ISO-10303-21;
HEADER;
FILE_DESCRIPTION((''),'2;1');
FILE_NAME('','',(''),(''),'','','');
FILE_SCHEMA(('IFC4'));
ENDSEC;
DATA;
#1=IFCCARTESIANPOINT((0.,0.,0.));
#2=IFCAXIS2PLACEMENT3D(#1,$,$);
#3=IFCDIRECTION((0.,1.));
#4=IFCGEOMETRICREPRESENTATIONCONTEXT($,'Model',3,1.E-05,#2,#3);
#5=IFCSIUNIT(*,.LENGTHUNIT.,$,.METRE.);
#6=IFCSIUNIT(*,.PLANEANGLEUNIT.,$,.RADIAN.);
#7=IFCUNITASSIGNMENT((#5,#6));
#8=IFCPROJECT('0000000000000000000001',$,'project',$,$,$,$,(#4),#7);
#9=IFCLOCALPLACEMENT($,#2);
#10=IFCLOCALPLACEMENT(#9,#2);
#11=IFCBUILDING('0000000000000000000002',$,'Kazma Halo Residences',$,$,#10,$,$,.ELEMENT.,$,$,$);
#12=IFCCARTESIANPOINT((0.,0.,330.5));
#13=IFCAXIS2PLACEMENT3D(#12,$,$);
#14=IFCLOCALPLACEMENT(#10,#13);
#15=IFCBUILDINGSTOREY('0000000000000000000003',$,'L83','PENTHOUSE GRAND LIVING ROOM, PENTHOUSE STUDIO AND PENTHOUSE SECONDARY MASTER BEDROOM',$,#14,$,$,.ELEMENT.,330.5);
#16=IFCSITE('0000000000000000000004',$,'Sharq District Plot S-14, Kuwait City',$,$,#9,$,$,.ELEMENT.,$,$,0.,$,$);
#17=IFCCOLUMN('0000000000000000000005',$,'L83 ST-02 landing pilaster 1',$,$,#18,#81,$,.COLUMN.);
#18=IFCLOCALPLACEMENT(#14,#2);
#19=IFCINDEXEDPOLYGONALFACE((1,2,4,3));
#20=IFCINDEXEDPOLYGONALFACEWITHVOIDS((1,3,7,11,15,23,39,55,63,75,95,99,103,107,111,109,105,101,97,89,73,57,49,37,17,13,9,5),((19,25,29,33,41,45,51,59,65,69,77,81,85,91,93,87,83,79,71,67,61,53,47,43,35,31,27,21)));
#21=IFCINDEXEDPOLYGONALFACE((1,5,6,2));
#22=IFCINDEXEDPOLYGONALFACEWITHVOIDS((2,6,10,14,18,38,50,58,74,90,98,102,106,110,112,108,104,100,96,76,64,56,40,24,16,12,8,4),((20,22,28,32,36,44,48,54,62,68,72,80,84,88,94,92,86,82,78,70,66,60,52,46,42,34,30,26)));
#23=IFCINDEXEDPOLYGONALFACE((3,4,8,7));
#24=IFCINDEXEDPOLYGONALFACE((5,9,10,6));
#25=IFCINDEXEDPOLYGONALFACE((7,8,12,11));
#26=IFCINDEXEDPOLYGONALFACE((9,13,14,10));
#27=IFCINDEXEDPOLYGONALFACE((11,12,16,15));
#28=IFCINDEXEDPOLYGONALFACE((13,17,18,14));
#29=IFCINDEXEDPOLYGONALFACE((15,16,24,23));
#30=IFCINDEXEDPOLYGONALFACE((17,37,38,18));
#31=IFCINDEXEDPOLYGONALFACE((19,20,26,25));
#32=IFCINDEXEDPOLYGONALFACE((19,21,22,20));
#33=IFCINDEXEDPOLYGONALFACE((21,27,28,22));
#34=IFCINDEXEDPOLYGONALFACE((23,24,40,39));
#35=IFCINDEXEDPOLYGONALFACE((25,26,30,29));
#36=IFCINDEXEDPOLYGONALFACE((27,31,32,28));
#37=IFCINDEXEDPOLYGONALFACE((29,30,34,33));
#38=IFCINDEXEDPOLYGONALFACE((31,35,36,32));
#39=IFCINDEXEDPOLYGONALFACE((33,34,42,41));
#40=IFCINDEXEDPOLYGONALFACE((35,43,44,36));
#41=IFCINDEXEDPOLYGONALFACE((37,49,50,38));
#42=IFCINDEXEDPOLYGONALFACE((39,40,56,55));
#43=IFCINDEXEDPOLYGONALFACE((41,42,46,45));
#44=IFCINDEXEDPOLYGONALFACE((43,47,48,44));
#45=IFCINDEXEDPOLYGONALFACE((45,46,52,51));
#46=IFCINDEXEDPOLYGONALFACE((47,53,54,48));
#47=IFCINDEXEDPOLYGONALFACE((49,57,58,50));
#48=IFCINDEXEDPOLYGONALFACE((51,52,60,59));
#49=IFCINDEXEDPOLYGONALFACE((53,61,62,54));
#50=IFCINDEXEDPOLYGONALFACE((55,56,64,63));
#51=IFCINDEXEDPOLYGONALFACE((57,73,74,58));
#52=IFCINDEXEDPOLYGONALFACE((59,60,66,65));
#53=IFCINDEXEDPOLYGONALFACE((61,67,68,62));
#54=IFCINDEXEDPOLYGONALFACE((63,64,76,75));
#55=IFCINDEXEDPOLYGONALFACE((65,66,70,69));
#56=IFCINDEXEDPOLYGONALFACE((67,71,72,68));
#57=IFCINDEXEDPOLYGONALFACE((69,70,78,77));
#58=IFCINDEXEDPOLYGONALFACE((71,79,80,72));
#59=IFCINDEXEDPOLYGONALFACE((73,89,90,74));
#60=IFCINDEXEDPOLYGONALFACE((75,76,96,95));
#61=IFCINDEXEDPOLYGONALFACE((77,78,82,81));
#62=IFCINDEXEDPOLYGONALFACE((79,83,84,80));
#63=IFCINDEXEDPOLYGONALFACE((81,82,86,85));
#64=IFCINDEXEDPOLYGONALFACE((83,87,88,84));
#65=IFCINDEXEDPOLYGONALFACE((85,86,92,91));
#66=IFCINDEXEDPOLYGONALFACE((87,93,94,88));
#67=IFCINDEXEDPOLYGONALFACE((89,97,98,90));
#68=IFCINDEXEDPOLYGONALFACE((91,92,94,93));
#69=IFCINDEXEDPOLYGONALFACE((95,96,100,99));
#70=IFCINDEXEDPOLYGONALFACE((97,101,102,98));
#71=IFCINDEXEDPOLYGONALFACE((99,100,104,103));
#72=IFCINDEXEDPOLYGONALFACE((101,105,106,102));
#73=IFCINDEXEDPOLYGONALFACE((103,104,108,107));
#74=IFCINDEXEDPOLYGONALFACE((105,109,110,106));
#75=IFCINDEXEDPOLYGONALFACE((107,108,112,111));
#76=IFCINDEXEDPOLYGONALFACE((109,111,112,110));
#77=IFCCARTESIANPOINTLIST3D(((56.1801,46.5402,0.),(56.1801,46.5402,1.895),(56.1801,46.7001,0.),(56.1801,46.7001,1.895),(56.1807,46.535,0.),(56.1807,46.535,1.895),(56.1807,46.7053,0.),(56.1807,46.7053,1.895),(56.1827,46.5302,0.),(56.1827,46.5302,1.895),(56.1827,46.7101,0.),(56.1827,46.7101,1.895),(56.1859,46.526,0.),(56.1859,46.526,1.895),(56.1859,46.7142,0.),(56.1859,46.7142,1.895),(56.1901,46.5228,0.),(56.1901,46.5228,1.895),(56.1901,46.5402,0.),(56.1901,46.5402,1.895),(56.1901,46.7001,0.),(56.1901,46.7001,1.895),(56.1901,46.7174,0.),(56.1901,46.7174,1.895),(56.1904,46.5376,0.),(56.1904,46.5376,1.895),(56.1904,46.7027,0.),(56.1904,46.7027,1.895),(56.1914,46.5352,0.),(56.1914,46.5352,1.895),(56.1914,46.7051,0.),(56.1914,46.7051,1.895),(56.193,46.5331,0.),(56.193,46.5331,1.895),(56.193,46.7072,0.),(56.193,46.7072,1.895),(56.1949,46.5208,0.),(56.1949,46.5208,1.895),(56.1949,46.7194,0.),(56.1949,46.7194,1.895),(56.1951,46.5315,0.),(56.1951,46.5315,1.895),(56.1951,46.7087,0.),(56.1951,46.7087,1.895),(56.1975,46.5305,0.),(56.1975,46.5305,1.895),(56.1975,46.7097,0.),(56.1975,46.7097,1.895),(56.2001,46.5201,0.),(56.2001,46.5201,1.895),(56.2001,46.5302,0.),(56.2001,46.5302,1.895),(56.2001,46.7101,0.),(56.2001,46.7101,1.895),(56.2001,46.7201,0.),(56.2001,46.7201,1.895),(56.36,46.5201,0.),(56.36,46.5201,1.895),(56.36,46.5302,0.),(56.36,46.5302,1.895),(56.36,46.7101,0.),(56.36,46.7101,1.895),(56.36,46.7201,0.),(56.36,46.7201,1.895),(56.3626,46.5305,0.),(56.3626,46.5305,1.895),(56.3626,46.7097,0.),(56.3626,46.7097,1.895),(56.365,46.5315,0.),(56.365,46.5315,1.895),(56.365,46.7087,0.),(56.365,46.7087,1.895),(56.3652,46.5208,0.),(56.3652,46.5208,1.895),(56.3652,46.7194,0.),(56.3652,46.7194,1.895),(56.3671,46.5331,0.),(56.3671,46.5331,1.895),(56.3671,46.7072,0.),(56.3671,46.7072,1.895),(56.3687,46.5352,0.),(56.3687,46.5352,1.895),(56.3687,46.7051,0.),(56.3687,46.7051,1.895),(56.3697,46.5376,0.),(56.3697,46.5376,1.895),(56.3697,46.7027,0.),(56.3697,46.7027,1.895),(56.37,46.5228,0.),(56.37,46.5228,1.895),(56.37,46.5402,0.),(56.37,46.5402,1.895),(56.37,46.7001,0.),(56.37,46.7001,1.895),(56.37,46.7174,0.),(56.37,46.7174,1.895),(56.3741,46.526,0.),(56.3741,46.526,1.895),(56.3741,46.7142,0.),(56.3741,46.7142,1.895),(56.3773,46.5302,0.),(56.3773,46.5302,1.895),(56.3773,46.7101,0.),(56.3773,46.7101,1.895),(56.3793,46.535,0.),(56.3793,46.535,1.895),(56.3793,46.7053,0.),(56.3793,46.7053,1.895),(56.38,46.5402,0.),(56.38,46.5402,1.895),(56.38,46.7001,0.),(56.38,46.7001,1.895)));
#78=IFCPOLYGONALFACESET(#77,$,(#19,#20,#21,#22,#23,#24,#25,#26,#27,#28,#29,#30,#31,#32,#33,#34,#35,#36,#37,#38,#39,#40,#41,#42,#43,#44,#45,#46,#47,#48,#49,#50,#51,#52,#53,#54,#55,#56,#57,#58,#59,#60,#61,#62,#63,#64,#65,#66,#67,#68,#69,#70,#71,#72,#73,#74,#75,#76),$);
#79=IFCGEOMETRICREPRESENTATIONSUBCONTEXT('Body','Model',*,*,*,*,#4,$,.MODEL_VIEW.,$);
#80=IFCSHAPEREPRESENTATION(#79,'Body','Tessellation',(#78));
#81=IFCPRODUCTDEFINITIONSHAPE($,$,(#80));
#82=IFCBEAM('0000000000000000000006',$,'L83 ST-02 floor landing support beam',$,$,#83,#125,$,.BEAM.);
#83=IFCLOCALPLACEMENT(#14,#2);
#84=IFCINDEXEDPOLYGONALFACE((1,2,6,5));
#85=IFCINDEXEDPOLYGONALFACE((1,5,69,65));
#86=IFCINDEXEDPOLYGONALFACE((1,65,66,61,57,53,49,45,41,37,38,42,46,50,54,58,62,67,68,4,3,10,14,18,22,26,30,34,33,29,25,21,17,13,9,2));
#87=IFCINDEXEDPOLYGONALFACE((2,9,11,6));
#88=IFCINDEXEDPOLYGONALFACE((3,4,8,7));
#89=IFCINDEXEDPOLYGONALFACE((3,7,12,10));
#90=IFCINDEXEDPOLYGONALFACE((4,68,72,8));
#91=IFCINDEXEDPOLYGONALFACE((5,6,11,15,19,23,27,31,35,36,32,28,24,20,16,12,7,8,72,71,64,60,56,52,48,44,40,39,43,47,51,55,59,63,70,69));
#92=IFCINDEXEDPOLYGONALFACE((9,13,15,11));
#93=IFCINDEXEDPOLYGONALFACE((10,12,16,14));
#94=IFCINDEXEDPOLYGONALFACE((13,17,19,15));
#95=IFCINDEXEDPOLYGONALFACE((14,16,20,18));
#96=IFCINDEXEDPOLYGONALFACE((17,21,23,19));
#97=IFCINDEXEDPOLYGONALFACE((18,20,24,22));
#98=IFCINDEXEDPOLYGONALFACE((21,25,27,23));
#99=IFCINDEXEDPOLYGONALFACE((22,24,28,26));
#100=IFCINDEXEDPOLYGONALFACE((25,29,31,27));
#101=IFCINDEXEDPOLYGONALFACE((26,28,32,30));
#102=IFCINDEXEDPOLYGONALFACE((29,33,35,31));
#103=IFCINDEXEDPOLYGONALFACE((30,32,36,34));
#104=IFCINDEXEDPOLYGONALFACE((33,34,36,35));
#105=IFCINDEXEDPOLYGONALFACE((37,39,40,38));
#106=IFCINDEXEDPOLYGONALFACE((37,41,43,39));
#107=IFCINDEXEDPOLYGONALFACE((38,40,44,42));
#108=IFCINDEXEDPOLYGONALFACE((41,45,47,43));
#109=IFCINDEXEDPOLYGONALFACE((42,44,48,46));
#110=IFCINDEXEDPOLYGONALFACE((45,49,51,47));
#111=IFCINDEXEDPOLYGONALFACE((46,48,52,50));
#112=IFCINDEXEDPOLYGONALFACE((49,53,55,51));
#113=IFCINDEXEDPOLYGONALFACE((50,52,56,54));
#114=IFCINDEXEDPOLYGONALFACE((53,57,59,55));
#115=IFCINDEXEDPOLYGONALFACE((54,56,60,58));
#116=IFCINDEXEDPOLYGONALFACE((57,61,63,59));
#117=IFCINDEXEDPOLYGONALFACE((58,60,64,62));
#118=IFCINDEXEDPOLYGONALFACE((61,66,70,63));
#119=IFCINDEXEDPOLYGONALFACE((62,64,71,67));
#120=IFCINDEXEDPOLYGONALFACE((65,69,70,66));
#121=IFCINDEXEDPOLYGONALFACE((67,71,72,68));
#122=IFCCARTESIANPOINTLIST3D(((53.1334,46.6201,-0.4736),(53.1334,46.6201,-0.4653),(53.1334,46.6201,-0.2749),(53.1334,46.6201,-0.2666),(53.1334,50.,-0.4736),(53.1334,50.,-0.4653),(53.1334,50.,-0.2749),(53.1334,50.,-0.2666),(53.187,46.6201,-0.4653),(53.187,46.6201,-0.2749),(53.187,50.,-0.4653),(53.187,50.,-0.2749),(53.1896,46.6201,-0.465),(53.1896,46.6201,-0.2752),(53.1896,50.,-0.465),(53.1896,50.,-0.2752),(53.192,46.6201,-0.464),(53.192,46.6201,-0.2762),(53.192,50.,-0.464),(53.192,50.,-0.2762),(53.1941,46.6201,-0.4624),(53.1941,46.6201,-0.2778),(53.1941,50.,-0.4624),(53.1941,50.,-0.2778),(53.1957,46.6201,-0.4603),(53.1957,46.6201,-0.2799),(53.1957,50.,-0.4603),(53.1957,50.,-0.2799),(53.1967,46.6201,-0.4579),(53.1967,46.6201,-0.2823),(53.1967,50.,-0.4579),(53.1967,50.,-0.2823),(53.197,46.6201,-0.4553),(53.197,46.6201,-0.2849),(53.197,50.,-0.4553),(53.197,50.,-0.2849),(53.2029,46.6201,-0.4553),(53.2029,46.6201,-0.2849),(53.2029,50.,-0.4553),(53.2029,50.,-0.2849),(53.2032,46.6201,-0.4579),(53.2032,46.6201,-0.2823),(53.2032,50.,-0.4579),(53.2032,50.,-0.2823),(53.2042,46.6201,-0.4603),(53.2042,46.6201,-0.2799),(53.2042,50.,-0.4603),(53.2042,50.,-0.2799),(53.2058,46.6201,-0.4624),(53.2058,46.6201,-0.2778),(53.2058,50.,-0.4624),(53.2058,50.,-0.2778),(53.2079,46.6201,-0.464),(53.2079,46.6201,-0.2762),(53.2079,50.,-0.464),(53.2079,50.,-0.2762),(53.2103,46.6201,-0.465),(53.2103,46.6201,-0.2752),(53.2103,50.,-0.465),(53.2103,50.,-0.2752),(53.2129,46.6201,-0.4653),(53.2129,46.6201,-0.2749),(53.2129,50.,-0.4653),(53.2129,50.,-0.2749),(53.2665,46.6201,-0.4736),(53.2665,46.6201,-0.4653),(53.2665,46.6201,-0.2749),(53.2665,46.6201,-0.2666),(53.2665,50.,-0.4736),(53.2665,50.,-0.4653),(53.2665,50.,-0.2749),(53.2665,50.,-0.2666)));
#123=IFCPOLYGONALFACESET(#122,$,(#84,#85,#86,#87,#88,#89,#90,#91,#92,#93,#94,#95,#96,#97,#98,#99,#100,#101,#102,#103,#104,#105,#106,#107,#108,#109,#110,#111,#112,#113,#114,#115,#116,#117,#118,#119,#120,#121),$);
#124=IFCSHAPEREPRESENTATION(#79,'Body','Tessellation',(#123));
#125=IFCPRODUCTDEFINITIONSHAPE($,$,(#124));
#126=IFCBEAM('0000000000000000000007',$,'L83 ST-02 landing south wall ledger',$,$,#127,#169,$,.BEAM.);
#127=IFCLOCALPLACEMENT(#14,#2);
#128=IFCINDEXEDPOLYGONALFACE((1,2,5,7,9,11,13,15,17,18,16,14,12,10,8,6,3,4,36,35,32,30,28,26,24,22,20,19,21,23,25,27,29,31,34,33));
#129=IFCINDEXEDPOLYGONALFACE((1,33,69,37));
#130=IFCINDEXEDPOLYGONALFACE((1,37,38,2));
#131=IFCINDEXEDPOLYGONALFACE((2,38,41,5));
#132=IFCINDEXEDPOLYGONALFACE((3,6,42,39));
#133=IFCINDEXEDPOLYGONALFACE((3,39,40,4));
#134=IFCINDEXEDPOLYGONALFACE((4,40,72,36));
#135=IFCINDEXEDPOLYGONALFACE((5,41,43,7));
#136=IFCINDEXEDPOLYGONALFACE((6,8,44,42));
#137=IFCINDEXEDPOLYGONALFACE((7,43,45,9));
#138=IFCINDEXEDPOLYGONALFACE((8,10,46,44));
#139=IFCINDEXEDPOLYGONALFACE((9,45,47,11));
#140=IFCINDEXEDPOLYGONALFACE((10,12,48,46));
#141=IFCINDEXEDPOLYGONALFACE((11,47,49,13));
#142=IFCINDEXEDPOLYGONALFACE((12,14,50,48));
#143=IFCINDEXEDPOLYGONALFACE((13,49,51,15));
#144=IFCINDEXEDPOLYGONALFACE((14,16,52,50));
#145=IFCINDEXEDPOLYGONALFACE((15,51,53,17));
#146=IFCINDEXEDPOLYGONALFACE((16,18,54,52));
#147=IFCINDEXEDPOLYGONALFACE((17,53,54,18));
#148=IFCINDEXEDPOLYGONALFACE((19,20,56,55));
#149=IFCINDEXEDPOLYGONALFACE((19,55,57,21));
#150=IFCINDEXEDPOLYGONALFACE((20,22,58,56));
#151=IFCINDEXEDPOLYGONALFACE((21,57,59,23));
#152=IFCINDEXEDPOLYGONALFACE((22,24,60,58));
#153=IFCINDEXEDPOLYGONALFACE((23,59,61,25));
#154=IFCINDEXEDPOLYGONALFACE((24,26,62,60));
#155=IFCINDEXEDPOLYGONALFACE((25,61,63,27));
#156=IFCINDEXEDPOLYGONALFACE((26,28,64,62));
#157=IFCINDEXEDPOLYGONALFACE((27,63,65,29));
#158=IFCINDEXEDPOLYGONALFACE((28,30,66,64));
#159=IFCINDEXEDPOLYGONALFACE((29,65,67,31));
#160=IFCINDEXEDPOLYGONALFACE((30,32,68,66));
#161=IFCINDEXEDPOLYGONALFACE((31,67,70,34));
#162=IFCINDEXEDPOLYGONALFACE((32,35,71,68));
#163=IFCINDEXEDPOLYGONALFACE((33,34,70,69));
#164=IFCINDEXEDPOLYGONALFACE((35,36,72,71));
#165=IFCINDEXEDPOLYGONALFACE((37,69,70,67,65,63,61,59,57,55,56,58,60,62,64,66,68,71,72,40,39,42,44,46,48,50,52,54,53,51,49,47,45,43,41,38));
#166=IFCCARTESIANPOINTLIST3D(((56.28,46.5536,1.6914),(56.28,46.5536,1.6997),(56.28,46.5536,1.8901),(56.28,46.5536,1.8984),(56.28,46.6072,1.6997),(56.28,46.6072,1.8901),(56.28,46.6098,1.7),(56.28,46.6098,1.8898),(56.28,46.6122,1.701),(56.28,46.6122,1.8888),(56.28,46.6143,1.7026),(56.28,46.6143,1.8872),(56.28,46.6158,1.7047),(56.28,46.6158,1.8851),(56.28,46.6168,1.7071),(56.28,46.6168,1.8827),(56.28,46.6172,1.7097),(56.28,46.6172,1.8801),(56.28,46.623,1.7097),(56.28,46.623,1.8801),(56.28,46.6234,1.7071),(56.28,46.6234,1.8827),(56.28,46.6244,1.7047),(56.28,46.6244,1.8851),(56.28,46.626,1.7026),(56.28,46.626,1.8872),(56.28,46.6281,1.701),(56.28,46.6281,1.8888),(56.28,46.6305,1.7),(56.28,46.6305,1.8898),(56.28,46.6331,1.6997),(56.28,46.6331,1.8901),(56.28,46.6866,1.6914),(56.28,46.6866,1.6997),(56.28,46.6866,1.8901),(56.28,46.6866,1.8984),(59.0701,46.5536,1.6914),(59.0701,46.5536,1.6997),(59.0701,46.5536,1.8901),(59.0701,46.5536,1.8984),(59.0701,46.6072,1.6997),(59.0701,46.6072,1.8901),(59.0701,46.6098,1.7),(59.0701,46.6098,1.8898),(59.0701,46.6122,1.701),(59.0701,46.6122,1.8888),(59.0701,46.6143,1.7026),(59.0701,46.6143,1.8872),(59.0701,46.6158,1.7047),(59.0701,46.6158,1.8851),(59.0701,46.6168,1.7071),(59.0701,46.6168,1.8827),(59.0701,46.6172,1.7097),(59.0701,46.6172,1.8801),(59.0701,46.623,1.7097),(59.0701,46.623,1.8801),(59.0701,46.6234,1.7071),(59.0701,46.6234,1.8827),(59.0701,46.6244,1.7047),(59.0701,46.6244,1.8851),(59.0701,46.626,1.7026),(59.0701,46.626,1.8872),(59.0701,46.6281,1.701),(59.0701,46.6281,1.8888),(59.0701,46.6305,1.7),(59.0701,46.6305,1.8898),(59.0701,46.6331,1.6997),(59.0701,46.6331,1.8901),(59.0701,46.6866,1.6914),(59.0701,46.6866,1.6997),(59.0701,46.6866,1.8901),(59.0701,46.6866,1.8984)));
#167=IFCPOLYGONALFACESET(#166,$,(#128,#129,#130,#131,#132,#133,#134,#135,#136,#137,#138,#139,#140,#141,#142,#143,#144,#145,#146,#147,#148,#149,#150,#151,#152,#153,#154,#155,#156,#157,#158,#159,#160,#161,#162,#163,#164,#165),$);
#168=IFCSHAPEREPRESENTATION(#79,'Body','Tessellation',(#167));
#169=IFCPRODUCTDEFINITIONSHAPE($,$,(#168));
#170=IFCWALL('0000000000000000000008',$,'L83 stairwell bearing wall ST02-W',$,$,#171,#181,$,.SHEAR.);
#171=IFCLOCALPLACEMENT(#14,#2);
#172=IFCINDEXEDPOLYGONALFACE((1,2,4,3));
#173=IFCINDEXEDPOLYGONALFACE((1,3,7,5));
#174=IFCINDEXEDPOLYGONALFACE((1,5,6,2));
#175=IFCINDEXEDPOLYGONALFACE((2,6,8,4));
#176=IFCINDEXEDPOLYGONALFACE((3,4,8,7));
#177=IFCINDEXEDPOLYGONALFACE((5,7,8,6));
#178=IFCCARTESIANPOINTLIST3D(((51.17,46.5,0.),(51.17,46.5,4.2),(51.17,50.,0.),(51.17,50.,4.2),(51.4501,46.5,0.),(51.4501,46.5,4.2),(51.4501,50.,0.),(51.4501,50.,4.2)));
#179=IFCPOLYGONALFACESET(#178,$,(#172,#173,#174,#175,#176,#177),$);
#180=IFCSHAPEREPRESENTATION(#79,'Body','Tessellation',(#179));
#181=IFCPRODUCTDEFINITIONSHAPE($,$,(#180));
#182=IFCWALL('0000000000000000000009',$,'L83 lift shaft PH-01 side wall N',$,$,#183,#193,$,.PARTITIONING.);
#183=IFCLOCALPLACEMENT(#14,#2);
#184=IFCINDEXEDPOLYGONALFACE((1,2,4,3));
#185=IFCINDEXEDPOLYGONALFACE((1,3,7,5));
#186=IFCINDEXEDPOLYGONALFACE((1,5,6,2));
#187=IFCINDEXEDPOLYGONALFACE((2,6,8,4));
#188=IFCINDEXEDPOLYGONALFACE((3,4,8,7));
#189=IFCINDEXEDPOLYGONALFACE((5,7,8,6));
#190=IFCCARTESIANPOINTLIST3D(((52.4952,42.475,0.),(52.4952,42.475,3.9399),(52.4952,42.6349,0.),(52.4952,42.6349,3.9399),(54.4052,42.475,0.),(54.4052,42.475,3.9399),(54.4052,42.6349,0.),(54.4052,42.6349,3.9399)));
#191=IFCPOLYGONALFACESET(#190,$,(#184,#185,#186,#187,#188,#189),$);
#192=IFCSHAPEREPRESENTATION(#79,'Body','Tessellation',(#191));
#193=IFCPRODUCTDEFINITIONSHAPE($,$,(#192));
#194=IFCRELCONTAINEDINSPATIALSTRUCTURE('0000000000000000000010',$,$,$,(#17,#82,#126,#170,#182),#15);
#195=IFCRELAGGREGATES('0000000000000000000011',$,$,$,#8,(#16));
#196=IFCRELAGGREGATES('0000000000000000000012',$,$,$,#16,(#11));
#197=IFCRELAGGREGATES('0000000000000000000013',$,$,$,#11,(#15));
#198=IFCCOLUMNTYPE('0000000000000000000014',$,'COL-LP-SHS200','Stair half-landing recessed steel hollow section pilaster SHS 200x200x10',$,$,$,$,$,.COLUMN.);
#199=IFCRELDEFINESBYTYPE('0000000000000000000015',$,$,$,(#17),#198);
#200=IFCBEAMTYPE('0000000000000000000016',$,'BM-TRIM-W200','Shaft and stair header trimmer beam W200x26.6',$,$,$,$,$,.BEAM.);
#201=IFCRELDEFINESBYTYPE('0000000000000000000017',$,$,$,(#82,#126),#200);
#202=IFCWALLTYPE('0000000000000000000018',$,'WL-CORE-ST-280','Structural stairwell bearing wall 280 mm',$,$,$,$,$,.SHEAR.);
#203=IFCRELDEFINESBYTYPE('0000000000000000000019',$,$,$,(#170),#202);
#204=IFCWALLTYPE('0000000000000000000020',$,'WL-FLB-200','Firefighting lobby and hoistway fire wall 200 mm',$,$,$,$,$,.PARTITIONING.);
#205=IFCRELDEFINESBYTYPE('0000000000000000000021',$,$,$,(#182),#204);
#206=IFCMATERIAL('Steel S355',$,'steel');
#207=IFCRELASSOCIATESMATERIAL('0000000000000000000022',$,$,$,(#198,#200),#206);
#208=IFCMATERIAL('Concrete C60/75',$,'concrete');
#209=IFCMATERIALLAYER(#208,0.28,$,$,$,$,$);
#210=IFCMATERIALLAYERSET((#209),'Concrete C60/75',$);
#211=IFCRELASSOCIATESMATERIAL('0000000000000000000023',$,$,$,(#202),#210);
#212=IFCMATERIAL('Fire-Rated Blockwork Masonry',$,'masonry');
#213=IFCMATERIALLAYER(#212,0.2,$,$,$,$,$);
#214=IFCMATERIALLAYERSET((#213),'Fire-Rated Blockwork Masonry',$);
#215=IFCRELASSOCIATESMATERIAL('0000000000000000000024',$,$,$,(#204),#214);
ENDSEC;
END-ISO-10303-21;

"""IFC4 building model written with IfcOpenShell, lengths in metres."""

from ifc_helpers import new_model, si_unit, direction, frame, frame_2d, origin, origin_2d, place, context, subcontext, project, spatial, rectangle, hollow_rectangle, i_section, extrude, material, layer, layer_set, material_profile, profile_set, type_object, element, save


model = new_model("IFC4")

# Units and contexts
model_context = context("Model", 3, precision=1e-05, world=origin(), true_north=direction((0.0, 1.0)))
body_context = subcontext(model_context, "Body", "Model", "MODEL_VIEW")
ifc_project = project(units=[si_unit("LENGTHUNIT", "METRE"), si_unit("PLANEANGLEUNIT", "RADIAN")], contexts=[model_context])

# Site, building, storey
site_placement = place(None, origin())
site = spatial("IfcSite", under=ifc_project, at=site_placement, Name="Sharq District Plot S-14, Kuwait City", CompositionType="ELEMENT", RefElevation=0.0)
building_placement = place(site_placement, origin())
building = spatial("IfcBuilding", under=site, at=building_placement, Name="Kazma Halo Residences", CompositionType="ELEMENT")
storey_placement = place(building_placement, frame((0.0, 0.0, 330.5)))
storey = spatial("IfcBuildingStorey", under=building, at=storey_placement, Name="L83", Description="PENTHOUSE GRAND LIVING ROOM, PENTHOUSE STUDIO AND PENTHOUSE SECONDARY MASTER BEDROOM", CompositionType="ELEMENT", Elevation=330.5)

# Column
ifc_material_1 = material(Name="Steel S355", Category="steel")
ifc_material_profile_1 = material_profile(ifc_material_1, hollow_rectangle(XDim=0.2, YDim=0.2, WallThickness=0.01, InnerFilletRadius=0.01, OuterFilletRadius=0.02, at=origin_2d()), Name="SHS200x200x10")
ifc_profile_set_1 = profile_set([ifc_material_profile_1], Name="Steel S355")
column_type = type_object("IfcColumnType", Name="COL-LP-SHS200", Description="Stair half-landing recessed steel hollow section pilaster SHS 200x200x10", PredefinedType="COLUMN", material=ifc_profile_set_1)
column_placement = place(storey_placement, frame((56.28, 46.6201, 0.0), z_axis=(0.0, 0.0, 1.0), x_axis=(1.0, 0.0, 0.0)))
element("IfcColumn", 1, at=column_placement, inside=storey, type_object=column_type, Name="L83 ST-02 landing pilaster 1", PredefinedType="COLUMN", context=body_context, shape_type="SweptSolid", body=[
    extrude(hollow_rectangle(XDim=0.2, YDim=0.2, WallThickness=0.01, InnerFilletRadius=0.01, OuterFilletRadius=0.02, at=origin_2d()), origin(), (0.0, 0.0, 1.0), 1.895),
])

# Beams
ifc_material_profile_2 = material_profile(ifc_material_1, i_section(OverallWidth=0.1331, OverallDepth=0.207, WebThickness=0.0059, FlangeThickness=0.0083, FilletRadius=0.01, at=origin_2d()), Name="W200x26.6")
ifc_profile_set_2 = profile_set([ifc_material_profile_2], Name="Steel S355")
beam_type = type_object("IfcBeamType", Name="BM-TRIM-W200", Description="Shaft and stair header trimmer beam W200x26.6", PredefinedType="BEAM", material=ifc_profile_set_2)
beam_1_placement = place(storey_placement, frame((53.2, 46.6201, -0.3701), z_axis=(0.0, 1.0, 0.0), x_axis=(-1.0, 0.0, 0.0)))
element("IfcBeam", 2, at=beam_1_placement, inside=storey, type_object=beam_type, Name="L83 ST-02 floor landing support beam", PredefinedType="BEAM", context=body_context, shape_type="SweptSolid", body=[
    extrude(i_section(OverallWidth=0.1331, OverallDepth=0.207, WebThickness=0.0059, FlangeThickness=0.0083, FilletRadius=0.01, at=origin_2d()), origin(), (0.0, 0.0, 1.0), 3.3799),
])
beam_2_placement = place(storey_placement, frame((56.28, 46.6201, 1.7949), z_axis=(1.0, 0.0, 0.0), x_axis=(0.0, 1.0, 0.0)))
element("IfcBeam", 3, at=beam_2_placement, inside=storey, type_object=beam_type, Name="L83 ST-02 landing south wall ledger", PredefinedType="BEAM", context=body_context, shape_type="SweptSolid", body=[
    extrude(i_section(OverallWidth=0.1331, OverallDepth=0.207, WebThickness=0.0059, FlangeThickness=0.0083, FilletRadius=0.01, at=origin_2d()), origin(), (0.0, 0.0, 1.0), 2.79),
])

# Walls
ifc_material_2 = material(Name="Concrete C60/75", Category="concrete")
ifc_layer_1 = layer(ifc_material_2, 0.28)
ifc_layer_set_1 = layer_set([ifc_layer_1], Name="Concrete C60/75")
wall_type_1 = type_object("IfcWallType", Name="WL-CORE-ST-280", Description="Structural stairwell bearing wall 280 mm", PredefinedType="SHEAR", material=ifc_layer_set_1)
wall_1_placement = place(storey_placement, frame((51.3101, 46.5, 0.0), z_axis=(0.0, 0.0, 1.0), x_axis=(0.0, 1.0, 0.0)))
element("IfcWall", 4, at=wall_1_placement, inside=storey, type_object=wall_type_1, Name="L83 stairwell bearing wall ST02-W", PredefinedType="SHEAR", context=body_context, shape_type="SweptSolid", body=[
    extrude(rectangle(XDim=3.5, YDim=0.28, at=frame_2d((1.75, 0.0))), origin(), (0.0, 0.0, 1.0), 4.2),
])
ifc_material_3 = material(Name="Fire-Rated Blockwork Masonry", Category="masonry")
ifc_layer_2 = layer(ifc_material_3, 0.2)
ifc_layer_set_2 = layer_set([ifc_layer_2], Name="Fire-Rated Blockwork Masonry")
wall_type_2 = type_object("IfcWallType", Name="WL-FLB-200", Description="Firefighting lobby and hoistway fire wall 200 mm", PredefinedType="PARTITIONING", material=ifc_layer_set_2)
for number, where, z_axis, x_axis, name in (
    (5, (52.4951, 42.5549, 0.0), (0.0, 0.0, 1.0), (1.0, 0.0, 0.0), "L83 lift shaft PH-01 side wall N"),
):
    element("IfcWall", number, at=place(storey_placement, frame(where, z_axis=z_axis, x_axis=x_axis)), inside=storey, type_object=wall_type_2, Name=name, PredefinedType="PARTITIONING", context=body_context, shape_type="SweptSolid", body=[
        extrude(rectangle(XDim=1.9099, YDim=0.1599, at=frame_2d((0.9551, 0.0))), origin(), (0.0, 0.0, 1.0), 3.9399),
    ])

save(model, "model.ifc")
